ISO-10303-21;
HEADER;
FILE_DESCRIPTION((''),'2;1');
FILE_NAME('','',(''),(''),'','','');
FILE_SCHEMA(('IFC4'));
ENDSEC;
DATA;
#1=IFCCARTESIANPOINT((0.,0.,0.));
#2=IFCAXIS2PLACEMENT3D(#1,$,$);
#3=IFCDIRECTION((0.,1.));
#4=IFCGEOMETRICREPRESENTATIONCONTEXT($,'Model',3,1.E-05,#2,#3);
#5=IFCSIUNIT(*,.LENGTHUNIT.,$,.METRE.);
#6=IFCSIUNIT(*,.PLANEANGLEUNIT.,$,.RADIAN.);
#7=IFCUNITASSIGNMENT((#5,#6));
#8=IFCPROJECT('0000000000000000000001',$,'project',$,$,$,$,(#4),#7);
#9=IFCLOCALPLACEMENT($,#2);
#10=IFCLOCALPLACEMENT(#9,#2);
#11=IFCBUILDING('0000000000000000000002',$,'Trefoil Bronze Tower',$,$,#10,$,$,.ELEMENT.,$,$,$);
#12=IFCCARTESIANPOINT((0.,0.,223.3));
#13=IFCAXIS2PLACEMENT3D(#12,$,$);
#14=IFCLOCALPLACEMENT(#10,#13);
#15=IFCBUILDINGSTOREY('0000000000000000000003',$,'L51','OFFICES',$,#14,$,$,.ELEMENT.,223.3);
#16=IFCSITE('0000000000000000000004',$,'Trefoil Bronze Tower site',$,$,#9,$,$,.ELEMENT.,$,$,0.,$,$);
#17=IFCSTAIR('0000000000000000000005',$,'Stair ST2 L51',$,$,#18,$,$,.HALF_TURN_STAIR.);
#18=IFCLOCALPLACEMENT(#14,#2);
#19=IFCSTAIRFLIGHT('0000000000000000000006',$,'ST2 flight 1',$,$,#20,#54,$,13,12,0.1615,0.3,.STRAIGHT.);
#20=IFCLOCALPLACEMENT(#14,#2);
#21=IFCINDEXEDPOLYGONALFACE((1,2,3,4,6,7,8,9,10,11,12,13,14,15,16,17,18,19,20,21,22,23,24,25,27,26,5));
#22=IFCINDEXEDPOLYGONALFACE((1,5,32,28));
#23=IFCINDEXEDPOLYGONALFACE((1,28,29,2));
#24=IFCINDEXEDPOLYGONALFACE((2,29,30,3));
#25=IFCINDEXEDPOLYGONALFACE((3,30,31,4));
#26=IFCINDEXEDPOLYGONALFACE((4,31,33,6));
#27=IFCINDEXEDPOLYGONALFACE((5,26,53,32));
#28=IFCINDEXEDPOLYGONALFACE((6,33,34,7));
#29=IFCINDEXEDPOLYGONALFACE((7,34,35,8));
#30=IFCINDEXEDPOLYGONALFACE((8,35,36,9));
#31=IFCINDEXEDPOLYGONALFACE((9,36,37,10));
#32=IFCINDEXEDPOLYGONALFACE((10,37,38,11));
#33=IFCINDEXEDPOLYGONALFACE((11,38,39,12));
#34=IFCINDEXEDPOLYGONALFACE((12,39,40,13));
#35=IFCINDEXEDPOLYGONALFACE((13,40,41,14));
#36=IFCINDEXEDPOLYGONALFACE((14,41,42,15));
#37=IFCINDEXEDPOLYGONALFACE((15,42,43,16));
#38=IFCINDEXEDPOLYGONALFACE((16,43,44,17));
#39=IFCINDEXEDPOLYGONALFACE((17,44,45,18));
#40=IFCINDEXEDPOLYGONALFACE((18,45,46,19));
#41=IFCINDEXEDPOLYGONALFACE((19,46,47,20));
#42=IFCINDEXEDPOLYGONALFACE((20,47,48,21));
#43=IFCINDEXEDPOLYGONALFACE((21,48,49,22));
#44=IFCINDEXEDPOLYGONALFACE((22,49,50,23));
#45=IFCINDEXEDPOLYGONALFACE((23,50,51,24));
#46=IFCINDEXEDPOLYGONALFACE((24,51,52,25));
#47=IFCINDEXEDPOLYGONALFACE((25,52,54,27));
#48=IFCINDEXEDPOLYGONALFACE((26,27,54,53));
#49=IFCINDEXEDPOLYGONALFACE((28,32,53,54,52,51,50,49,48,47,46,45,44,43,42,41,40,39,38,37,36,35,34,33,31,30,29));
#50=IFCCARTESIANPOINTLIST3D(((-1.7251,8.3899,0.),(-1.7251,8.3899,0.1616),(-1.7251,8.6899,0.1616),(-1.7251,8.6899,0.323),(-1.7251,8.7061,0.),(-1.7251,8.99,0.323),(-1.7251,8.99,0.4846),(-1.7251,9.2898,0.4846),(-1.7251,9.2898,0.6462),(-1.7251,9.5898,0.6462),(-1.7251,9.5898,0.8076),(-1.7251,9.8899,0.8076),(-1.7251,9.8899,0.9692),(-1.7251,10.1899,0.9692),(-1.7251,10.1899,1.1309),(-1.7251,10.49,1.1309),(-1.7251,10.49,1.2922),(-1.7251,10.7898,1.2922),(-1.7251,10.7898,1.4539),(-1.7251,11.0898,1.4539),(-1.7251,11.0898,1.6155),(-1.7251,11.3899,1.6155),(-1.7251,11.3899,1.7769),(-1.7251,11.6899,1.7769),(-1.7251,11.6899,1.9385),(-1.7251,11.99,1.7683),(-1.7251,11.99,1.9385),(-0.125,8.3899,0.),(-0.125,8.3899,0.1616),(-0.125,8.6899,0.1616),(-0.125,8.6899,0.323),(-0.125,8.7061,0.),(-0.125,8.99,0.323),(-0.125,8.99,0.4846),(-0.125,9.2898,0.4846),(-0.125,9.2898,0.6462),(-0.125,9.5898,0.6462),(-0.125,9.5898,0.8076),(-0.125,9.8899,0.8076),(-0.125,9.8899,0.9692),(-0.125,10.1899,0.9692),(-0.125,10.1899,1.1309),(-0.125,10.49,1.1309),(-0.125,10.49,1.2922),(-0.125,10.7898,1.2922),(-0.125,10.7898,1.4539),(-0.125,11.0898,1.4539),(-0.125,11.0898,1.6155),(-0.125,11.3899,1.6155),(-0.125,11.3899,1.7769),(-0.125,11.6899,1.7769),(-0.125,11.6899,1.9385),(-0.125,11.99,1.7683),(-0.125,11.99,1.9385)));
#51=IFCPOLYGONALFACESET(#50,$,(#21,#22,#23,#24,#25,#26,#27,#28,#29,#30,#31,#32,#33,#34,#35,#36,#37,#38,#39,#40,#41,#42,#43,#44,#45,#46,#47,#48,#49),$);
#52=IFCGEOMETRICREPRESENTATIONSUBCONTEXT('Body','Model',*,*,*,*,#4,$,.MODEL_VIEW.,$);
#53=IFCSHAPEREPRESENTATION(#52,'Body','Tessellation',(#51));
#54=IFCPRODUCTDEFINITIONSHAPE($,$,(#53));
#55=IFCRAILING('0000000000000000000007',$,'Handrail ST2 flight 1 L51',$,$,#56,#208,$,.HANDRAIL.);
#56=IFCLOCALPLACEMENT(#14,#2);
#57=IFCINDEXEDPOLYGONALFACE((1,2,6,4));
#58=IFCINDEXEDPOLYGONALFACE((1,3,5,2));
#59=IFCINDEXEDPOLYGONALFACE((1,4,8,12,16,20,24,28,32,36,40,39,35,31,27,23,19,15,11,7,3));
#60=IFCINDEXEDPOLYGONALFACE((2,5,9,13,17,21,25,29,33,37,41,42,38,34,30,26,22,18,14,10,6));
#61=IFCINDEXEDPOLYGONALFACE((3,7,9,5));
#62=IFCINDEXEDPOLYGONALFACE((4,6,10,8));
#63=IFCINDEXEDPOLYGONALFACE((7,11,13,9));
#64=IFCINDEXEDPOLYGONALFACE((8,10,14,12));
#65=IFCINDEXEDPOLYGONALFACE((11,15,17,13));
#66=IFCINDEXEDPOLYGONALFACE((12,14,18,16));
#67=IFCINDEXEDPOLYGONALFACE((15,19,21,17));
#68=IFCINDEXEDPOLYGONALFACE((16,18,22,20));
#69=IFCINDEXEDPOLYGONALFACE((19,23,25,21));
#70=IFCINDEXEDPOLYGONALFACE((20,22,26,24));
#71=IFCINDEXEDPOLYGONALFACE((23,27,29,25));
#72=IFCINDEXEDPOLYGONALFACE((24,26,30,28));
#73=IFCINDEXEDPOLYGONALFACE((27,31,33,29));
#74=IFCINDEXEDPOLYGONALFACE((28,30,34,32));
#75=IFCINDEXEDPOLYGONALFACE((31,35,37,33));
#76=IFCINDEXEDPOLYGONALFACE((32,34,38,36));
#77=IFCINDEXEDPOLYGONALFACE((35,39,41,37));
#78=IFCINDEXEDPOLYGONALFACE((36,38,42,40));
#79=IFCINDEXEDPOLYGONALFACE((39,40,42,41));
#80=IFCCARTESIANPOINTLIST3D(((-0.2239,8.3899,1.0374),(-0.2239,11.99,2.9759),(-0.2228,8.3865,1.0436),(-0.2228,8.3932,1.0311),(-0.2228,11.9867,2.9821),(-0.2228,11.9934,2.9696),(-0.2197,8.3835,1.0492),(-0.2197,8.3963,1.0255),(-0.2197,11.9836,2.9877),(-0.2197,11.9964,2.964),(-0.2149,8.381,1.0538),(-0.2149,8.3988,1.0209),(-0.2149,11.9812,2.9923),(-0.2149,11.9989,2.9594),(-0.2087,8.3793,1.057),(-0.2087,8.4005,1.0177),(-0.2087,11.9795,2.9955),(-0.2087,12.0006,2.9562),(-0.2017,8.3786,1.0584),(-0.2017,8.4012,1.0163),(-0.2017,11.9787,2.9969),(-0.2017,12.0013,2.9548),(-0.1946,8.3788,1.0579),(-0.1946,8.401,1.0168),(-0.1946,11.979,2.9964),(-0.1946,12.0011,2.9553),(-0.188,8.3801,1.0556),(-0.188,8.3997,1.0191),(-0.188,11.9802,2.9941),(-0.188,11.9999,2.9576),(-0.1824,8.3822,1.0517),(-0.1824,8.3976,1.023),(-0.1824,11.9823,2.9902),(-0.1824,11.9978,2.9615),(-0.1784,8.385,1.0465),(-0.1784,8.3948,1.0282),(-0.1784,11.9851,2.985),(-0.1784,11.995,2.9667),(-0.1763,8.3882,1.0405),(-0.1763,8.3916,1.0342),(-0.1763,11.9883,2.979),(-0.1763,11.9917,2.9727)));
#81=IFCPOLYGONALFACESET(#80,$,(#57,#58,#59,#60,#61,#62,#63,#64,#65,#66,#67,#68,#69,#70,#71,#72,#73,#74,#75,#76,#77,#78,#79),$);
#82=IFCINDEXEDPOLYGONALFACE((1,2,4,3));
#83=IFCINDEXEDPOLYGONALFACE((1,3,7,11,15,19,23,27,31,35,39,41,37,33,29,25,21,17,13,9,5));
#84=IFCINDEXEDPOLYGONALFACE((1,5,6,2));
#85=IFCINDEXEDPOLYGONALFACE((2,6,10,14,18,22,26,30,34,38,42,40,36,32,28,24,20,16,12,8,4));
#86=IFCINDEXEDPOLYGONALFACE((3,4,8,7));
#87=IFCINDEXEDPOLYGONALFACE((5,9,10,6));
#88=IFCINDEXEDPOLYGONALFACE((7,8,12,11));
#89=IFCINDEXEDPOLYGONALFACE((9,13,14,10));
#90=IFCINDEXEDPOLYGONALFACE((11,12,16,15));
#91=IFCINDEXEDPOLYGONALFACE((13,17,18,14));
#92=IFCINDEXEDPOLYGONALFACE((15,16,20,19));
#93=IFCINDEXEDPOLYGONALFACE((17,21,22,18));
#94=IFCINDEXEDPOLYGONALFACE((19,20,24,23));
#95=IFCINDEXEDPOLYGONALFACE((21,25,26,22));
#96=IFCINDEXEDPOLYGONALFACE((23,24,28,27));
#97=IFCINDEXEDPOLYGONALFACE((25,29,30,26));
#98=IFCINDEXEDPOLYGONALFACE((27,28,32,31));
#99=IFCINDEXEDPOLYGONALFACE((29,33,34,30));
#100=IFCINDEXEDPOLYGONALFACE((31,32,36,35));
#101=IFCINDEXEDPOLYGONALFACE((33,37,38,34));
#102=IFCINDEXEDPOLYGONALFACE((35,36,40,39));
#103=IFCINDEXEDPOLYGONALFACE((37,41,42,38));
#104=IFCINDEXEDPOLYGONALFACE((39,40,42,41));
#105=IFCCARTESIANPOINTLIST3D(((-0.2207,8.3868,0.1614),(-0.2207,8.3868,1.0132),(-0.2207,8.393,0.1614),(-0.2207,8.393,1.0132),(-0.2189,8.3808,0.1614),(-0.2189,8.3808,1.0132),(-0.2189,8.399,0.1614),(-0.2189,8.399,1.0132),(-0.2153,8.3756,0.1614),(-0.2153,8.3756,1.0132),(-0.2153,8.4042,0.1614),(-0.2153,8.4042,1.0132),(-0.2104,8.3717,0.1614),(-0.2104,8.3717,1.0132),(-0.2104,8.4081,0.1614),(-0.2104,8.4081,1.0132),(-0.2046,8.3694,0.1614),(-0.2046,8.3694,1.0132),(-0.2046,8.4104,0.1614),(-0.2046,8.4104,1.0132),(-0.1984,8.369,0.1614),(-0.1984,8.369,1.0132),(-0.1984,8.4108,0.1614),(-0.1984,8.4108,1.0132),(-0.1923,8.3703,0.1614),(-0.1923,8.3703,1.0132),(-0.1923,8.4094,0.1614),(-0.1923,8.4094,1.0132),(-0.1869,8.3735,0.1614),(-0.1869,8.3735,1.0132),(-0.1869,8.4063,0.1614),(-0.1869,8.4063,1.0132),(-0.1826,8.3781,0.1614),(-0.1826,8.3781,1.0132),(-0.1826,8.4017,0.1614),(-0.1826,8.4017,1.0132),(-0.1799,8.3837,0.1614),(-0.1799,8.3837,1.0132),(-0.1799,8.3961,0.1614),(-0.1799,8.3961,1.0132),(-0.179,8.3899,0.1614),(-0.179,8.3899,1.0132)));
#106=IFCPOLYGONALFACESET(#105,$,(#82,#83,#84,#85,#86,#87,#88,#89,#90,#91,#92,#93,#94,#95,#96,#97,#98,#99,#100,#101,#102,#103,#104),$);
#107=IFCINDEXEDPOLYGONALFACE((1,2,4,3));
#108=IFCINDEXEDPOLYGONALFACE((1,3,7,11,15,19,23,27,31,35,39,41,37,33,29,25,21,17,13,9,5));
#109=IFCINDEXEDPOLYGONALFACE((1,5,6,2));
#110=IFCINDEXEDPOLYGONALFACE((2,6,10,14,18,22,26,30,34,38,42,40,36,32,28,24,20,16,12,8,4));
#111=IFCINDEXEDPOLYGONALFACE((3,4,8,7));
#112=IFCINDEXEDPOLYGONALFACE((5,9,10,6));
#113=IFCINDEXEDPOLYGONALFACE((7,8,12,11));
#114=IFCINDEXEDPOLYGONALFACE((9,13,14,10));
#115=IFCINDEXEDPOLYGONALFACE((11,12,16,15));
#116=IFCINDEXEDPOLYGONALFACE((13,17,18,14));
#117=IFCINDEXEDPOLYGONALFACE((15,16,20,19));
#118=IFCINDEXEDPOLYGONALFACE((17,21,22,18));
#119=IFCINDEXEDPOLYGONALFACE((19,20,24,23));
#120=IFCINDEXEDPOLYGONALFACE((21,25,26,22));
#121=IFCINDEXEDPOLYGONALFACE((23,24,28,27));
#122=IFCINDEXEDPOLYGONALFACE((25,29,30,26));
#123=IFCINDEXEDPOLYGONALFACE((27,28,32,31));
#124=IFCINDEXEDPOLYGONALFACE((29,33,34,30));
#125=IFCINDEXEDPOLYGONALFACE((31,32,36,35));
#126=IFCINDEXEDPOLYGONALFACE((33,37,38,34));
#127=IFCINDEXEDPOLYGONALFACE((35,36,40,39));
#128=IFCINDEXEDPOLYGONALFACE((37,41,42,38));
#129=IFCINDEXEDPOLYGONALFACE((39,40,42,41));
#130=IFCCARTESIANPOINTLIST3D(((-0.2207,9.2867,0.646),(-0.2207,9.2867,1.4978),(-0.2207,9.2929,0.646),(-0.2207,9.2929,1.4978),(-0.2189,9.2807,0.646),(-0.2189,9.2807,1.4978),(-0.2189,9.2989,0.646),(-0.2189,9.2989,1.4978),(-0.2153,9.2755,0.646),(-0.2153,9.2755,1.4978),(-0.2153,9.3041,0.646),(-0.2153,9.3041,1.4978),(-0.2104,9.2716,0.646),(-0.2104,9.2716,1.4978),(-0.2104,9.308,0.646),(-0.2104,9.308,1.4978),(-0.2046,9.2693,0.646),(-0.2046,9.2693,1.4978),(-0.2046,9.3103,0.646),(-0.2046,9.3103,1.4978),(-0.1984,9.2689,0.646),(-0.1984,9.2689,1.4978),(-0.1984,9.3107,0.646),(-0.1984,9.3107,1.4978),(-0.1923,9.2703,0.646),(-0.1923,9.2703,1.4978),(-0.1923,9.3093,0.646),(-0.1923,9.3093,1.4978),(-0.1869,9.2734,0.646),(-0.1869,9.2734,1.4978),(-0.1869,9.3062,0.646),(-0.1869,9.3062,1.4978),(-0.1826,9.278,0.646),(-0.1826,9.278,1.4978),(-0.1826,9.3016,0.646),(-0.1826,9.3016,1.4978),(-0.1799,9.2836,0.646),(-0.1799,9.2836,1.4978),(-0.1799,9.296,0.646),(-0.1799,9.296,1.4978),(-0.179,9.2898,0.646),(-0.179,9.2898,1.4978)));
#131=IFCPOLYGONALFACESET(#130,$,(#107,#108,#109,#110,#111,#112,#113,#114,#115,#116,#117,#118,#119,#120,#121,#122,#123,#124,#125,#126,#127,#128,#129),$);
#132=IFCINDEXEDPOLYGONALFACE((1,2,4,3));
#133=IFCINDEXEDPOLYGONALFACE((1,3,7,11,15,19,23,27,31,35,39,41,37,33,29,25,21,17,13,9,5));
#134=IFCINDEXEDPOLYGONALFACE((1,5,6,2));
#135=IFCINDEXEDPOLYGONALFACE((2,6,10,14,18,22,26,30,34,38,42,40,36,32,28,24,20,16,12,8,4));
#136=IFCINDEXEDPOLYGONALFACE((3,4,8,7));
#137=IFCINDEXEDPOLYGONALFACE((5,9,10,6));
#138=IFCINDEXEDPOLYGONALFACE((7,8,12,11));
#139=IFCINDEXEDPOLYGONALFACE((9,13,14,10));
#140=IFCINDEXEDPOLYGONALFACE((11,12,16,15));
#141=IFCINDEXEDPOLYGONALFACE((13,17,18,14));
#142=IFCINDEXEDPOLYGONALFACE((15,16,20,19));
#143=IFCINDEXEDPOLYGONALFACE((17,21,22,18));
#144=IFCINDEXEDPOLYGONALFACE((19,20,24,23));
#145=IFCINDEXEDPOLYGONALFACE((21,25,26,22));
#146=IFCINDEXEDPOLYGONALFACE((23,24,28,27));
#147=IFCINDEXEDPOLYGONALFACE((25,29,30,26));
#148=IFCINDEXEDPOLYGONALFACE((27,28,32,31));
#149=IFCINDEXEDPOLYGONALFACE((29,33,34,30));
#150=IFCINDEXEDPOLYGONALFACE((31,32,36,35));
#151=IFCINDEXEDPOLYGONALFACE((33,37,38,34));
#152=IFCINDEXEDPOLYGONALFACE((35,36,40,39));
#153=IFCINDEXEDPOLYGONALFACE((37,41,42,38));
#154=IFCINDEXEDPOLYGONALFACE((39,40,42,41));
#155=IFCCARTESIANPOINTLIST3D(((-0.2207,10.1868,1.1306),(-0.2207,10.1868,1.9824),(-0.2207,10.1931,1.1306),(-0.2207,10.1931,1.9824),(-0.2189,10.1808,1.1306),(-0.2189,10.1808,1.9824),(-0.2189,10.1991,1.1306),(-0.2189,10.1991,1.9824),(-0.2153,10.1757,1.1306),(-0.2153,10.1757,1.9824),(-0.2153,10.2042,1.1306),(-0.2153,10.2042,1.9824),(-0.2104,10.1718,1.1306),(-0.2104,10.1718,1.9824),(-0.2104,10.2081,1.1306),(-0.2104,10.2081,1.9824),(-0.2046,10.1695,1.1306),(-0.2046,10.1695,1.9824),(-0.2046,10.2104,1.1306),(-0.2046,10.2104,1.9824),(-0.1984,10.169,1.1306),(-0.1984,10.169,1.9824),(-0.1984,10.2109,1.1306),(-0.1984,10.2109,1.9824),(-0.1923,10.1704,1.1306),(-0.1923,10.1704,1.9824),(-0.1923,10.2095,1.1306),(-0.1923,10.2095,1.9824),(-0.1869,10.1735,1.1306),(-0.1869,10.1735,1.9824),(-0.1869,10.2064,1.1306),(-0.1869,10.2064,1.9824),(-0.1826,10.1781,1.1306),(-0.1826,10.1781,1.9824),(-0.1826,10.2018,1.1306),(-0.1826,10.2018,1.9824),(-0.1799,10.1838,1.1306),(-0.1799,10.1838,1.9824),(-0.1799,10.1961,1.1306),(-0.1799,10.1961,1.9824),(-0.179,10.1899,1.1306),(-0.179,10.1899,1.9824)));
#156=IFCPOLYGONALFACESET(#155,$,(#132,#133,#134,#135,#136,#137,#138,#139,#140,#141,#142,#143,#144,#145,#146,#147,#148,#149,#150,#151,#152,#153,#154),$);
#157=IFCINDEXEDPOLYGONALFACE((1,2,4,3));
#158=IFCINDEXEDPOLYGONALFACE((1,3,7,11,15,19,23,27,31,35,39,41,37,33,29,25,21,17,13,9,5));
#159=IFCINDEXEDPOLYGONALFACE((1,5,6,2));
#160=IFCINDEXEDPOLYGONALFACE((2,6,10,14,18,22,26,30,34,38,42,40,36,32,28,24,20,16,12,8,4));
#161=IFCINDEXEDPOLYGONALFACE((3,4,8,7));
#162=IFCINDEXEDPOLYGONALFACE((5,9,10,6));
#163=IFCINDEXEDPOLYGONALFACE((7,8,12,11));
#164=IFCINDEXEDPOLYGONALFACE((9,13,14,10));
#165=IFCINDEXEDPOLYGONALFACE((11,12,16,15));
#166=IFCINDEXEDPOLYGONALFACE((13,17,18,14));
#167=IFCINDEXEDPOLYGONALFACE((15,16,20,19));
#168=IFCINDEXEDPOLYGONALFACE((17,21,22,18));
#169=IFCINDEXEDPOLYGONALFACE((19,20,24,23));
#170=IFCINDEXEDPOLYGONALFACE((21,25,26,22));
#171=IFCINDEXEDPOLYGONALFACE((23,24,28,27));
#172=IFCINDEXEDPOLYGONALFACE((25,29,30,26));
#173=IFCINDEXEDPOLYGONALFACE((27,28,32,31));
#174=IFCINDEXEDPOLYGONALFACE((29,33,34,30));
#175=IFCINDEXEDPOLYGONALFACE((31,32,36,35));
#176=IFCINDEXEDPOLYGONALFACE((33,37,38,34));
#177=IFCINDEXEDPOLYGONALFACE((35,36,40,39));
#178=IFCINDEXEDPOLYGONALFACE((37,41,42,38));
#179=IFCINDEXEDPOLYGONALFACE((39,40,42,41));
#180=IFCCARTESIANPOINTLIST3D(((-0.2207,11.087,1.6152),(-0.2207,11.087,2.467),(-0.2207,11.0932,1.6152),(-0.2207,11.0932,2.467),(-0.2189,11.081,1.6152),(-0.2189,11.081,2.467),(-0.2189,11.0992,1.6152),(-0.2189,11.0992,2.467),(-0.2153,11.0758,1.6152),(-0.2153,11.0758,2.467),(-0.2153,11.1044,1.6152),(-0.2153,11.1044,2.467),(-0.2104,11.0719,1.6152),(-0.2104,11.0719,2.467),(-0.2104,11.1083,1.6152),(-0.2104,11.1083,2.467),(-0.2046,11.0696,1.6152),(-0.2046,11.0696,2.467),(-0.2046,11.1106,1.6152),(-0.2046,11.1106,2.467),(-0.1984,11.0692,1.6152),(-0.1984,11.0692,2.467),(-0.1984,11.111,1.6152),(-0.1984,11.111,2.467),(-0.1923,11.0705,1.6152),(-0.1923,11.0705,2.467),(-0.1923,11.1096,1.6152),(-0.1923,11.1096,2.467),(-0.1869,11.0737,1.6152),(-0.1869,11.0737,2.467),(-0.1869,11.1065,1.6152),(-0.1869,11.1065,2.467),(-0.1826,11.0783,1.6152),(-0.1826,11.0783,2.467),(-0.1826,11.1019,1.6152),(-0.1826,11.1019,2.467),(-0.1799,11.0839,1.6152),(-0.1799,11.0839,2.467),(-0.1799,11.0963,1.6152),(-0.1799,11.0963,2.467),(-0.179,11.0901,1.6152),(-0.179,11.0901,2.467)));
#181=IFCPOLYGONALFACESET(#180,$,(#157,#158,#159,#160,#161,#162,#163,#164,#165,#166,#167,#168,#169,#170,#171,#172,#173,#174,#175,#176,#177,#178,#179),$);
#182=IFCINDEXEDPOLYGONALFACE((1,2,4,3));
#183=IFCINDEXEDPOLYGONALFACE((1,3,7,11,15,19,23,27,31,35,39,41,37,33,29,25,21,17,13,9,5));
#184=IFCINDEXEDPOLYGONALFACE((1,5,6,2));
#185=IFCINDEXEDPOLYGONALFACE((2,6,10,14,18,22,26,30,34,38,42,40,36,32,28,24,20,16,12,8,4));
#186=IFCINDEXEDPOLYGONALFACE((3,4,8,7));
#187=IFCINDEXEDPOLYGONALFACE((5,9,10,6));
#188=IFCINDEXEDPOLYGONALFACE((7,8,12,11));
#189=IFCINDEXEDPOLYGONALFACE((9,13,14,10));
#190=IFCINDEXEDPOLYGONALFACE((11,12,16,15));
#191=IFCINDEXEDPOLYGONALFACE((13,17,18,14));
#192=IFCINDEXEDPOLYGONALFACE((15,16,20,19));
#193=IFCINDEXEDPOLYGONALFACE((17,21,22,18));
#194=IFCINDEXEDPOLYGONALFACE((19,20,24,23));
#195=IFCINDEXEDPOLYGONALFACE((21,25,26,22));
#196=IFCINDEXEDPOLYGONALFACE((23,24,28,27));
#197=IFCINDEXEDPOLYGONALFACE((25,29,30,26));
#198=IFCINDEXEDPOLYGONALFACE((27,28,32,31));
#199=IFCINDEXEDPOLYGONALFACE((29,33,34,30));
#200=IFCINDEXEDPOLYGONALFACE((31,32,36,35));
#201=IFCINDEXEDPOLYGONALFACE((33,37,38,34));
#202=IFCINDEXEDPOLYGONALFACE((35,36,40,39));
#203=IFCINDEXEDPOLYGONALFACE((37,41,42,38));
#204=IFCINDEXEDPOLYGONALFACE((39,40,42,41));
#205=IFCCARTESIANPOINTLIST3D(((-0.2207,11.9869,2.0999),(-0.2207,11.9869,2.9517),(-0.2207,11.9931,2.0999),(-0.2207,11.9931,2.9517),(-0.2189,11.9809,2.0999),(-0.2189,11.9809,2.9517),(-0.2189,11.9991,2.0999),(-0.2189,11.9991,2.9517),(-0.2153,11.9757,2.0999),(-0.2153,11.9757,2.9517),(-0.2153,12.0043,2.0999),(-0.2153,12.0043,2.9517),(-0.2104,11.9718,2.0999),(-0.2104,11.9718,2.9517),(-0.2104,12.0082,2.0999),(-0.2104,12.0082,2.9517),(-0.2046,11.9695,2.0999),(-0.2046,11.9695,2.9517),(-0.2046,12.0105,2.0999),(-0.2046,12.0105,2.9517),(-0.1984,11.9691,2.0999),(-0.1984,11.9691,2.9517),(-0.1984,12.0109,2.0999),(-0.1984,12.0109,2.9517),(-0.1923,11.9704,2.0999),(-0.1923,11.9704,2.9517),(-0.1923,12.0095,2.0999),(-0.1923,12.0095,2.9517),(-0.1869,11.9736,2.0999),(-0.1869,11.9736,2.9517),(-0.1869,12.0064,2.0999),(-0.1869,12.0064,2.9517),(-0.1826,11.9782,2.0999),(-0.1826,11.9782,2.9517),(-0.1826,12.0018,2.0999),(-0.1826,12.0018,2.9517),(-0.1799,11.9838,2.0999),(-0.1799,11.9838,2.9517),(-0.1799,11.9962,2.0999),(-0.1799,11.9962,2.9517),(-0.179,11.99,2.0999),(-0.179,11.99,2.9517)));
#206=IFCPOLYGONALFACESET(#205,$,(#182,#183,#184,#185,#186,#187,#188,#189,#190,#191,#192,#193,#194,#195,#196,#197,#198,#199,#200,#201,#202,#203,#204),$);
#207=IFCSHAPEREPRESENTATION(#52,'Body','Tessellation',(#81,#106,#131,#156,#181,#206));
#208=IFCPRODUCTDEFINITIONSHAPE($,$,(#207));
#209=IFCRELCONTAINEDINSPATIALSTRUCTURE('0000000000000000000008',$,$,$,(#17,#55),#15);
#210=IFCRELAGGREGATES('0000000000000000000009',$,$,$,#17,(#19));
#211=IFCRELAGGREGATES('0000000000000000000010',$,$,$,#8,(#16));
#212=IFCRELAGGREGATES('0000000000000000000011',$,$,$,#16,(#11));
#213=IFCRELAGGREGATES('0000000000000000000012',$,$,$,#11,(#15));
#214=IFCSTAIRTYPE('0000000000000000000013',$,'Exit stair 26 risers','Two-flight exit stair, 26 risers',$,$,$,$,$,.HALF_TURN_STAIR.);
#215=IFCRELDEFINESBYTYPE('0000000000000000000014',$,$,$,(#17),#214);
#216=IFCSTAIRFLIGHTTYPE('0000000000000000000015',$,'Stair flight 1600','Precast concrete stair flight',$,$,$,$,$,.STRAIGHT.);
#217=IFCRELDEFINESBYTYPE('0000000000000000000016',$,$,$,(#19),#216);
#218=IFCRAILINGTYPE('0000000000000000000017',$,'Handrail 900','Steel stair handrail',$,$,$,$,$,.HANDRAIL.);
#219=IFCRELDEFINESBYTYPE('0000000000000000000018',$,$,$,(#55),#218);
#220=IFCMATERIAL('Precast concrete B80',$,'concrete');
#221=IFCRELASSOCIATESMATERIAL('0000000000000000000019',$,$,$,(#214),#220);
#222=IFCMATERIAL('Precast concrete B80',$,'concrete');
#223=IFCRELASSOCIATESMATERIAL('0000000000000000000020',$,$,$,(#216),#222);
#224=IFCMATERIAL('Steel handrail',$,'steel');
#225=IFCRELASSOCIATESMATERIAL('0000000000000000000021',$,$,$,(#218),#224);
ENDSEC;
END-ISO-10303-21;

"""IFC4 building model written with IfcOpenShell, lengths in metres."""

from ifc_helpers import new_model, si_unit, direction, frame, origin, origin_2d, place, context, subcontext, project, spatial, polyline, circle, outline, extrude, material, type_object, element, aggregate, save


model = new_model("IFC4")

# Units and contexts
model_context = context("Model", 3, precision=1e-05, world=origin(), true_north=direction((0.0, 1.0)))
body_context = subcontext(model_context, "Body", "Model", "MODEL_VIEW")
ifc_project = project(units=[si_unit("LENGTHUNIT", "METRE"), si_unit("PLANEANGLEUNIT", "RADIAN")], contexts=[model_context])

# Site, building, storey
site_placement = place(None, origin())
site = spatial("IfcSite", under=ifc_project, at=site_placement, Name="Trefoil Bronze Tower site", CompositionType="ELEMENT", RefElevation=0.0)
building_placement = place(site_placement, origin())
building = spatial("IfcBuilding", under=site, at=building_placement, Name="Trefoil Bronze Tower", CompositionType="ELEMENT")
storey_placement = place(building_placement, frame((0.0, 0.0, 223.3)))
storey = spatial("IfcBuildingStorey", under=building, at=storey_placement, Name="L51", Description="OFFICES", CompositionType="ELEMENT", Elevation=223.3)

# Stair, stair flight
ifc_material_1 = material(Name="Precast concrete B80", Category="concrete")
stair_type = type_object("IfcStairType", Name="Exit stair 26 risers", Description="Two-flight exit stair, 26 risers", PredefinedType="HALF_TURN_STAIR", material=ifc_material_1)
stair_placement = place(storey_placement, origin())
stair = element("IfcStair", 1, at=stair_placement, inside=storey, type_object=stair_type, Name="Stair ST2 L51", PredefinedType="HALF_TURN_STAIR")
ifc_material_2 = material(Name="Precast concrete B80", Category="concrete")
stair_flight_type = type_object("IfcStairFlightType", Name="Stair flight 1600", Description="Precast concrete stair flight", PredefinedType="STRAIGHT", material=ifc_material_2)
stair_flight_placement = place(storey_placement, frame((-0.925, 8.3899, 0.0), z_axis=(0.0, 0.0, 1.0), x_axis=(0.0, 1.0, 0.0)))
stair_flight = element("IfcStairFlight", 2, at=stair_flight_placement, type_object=stair_flight_type, Name="ST2 flight 1", NumberOfRisers=13, NumberOfTreads=12, PredefinedType="STRAIGHT", RiserHeight=0.1615, TreadLength=0.3, context=body_context, shape_type="SweptSolid", body=[
    extrude(outline(polyline([(0.0, 0.0), (0.0, 0.1616), (0.3, 0.1616), (0.3, 0.323), (0.6001, 0.323), (0.6001, 0.4846), (0.8999, 0.4846), (0.8999, 0.6462), (1.2, 0.6462), (1.2, 0.8076), (1.5, 0.8076), (1.5, 0.9692), (1.8, 0.9692), (1.8, 1.1309), (2.1001, 1.1309), (2.1001, 1.2922), (2.3999, 1.2922), (2.3999, 1.4539), (2.7, 1.4539), (2.7, 1.6155), (3.0, 1.6155), (3.0, 1.7769), (3.3, 1.7769), (3.3, 1.9385), (3.6001, 1.9385), (3.6001, 2.1001), (3.6001, 1.7683), (0.3162, 0.0), (0.0, 0.0)])), frame((0.0, 0.8, 0.0), z_axis=(0.0, -1.0, 0.0), x_axis=(1.0, 0.0, 0.0)), (0.0, 0.0, 1.0), 1.6001),
])
aggregate(stair, [stair_flight])

# Railing
ifc_material_3 = material(Name="Steel handrail", Category="steel")
railing_type = type_object("IfcRailingType", Name="Handrail 900", Description="Steel stair handrail", PredefinedType="HANDRAIL", material=ifc_material_3)
railing_placement = place(storey_placement, frame((-0.2, 8.3899, 0.1614)))
element("IfcRailing", 3, at=railing_placement, inside=storey, type_object=railing_type, Name="Handrail ST2 flight 1 L51", PredefinedType="HANDRAIL", context=body_context, shape_type="SweptSolid", body=[
    extrude(circle(Radius=0.0239, at=origin_2d()), frame((0.0, 0.0, 0.876), z_axis=(0.0, 0.880475, 0.474093), x_axis=(-1.0, 0.0, 0.0)), (0.0, 0.0, 1.0), 4.0889),
    extrude(circle(Radius=0.021, at=origin_2d()), origin(), (0.0, 0.0, 1.0), 0.8518),
    extrude(circle(Radius=0.021, at=origin_2d()), frame((0.0, 0.8999, 0.4846)), (0.0, 0.0, 1.0), 0.8518),
    extrude(circle(Radius=0.021, at=origin_2d()), frame((0.0, 1.8, 0.9692)), (0.0, 0.0, 1.0), 0.8518),
    extrude(circle(Radius=0.021, at=origin_2d()), frame((0.0, 2.7002, 1.4539)), (0.0, 0.0, 1.0), 0.8518),
    extrude(circle(Radius=0.021, at=origin_2d()), frame((0.0, 3.6001, 1.9385)), (0.0, 0.0, 1.0), 0.8518),
])

save(model, "model.ifc")
